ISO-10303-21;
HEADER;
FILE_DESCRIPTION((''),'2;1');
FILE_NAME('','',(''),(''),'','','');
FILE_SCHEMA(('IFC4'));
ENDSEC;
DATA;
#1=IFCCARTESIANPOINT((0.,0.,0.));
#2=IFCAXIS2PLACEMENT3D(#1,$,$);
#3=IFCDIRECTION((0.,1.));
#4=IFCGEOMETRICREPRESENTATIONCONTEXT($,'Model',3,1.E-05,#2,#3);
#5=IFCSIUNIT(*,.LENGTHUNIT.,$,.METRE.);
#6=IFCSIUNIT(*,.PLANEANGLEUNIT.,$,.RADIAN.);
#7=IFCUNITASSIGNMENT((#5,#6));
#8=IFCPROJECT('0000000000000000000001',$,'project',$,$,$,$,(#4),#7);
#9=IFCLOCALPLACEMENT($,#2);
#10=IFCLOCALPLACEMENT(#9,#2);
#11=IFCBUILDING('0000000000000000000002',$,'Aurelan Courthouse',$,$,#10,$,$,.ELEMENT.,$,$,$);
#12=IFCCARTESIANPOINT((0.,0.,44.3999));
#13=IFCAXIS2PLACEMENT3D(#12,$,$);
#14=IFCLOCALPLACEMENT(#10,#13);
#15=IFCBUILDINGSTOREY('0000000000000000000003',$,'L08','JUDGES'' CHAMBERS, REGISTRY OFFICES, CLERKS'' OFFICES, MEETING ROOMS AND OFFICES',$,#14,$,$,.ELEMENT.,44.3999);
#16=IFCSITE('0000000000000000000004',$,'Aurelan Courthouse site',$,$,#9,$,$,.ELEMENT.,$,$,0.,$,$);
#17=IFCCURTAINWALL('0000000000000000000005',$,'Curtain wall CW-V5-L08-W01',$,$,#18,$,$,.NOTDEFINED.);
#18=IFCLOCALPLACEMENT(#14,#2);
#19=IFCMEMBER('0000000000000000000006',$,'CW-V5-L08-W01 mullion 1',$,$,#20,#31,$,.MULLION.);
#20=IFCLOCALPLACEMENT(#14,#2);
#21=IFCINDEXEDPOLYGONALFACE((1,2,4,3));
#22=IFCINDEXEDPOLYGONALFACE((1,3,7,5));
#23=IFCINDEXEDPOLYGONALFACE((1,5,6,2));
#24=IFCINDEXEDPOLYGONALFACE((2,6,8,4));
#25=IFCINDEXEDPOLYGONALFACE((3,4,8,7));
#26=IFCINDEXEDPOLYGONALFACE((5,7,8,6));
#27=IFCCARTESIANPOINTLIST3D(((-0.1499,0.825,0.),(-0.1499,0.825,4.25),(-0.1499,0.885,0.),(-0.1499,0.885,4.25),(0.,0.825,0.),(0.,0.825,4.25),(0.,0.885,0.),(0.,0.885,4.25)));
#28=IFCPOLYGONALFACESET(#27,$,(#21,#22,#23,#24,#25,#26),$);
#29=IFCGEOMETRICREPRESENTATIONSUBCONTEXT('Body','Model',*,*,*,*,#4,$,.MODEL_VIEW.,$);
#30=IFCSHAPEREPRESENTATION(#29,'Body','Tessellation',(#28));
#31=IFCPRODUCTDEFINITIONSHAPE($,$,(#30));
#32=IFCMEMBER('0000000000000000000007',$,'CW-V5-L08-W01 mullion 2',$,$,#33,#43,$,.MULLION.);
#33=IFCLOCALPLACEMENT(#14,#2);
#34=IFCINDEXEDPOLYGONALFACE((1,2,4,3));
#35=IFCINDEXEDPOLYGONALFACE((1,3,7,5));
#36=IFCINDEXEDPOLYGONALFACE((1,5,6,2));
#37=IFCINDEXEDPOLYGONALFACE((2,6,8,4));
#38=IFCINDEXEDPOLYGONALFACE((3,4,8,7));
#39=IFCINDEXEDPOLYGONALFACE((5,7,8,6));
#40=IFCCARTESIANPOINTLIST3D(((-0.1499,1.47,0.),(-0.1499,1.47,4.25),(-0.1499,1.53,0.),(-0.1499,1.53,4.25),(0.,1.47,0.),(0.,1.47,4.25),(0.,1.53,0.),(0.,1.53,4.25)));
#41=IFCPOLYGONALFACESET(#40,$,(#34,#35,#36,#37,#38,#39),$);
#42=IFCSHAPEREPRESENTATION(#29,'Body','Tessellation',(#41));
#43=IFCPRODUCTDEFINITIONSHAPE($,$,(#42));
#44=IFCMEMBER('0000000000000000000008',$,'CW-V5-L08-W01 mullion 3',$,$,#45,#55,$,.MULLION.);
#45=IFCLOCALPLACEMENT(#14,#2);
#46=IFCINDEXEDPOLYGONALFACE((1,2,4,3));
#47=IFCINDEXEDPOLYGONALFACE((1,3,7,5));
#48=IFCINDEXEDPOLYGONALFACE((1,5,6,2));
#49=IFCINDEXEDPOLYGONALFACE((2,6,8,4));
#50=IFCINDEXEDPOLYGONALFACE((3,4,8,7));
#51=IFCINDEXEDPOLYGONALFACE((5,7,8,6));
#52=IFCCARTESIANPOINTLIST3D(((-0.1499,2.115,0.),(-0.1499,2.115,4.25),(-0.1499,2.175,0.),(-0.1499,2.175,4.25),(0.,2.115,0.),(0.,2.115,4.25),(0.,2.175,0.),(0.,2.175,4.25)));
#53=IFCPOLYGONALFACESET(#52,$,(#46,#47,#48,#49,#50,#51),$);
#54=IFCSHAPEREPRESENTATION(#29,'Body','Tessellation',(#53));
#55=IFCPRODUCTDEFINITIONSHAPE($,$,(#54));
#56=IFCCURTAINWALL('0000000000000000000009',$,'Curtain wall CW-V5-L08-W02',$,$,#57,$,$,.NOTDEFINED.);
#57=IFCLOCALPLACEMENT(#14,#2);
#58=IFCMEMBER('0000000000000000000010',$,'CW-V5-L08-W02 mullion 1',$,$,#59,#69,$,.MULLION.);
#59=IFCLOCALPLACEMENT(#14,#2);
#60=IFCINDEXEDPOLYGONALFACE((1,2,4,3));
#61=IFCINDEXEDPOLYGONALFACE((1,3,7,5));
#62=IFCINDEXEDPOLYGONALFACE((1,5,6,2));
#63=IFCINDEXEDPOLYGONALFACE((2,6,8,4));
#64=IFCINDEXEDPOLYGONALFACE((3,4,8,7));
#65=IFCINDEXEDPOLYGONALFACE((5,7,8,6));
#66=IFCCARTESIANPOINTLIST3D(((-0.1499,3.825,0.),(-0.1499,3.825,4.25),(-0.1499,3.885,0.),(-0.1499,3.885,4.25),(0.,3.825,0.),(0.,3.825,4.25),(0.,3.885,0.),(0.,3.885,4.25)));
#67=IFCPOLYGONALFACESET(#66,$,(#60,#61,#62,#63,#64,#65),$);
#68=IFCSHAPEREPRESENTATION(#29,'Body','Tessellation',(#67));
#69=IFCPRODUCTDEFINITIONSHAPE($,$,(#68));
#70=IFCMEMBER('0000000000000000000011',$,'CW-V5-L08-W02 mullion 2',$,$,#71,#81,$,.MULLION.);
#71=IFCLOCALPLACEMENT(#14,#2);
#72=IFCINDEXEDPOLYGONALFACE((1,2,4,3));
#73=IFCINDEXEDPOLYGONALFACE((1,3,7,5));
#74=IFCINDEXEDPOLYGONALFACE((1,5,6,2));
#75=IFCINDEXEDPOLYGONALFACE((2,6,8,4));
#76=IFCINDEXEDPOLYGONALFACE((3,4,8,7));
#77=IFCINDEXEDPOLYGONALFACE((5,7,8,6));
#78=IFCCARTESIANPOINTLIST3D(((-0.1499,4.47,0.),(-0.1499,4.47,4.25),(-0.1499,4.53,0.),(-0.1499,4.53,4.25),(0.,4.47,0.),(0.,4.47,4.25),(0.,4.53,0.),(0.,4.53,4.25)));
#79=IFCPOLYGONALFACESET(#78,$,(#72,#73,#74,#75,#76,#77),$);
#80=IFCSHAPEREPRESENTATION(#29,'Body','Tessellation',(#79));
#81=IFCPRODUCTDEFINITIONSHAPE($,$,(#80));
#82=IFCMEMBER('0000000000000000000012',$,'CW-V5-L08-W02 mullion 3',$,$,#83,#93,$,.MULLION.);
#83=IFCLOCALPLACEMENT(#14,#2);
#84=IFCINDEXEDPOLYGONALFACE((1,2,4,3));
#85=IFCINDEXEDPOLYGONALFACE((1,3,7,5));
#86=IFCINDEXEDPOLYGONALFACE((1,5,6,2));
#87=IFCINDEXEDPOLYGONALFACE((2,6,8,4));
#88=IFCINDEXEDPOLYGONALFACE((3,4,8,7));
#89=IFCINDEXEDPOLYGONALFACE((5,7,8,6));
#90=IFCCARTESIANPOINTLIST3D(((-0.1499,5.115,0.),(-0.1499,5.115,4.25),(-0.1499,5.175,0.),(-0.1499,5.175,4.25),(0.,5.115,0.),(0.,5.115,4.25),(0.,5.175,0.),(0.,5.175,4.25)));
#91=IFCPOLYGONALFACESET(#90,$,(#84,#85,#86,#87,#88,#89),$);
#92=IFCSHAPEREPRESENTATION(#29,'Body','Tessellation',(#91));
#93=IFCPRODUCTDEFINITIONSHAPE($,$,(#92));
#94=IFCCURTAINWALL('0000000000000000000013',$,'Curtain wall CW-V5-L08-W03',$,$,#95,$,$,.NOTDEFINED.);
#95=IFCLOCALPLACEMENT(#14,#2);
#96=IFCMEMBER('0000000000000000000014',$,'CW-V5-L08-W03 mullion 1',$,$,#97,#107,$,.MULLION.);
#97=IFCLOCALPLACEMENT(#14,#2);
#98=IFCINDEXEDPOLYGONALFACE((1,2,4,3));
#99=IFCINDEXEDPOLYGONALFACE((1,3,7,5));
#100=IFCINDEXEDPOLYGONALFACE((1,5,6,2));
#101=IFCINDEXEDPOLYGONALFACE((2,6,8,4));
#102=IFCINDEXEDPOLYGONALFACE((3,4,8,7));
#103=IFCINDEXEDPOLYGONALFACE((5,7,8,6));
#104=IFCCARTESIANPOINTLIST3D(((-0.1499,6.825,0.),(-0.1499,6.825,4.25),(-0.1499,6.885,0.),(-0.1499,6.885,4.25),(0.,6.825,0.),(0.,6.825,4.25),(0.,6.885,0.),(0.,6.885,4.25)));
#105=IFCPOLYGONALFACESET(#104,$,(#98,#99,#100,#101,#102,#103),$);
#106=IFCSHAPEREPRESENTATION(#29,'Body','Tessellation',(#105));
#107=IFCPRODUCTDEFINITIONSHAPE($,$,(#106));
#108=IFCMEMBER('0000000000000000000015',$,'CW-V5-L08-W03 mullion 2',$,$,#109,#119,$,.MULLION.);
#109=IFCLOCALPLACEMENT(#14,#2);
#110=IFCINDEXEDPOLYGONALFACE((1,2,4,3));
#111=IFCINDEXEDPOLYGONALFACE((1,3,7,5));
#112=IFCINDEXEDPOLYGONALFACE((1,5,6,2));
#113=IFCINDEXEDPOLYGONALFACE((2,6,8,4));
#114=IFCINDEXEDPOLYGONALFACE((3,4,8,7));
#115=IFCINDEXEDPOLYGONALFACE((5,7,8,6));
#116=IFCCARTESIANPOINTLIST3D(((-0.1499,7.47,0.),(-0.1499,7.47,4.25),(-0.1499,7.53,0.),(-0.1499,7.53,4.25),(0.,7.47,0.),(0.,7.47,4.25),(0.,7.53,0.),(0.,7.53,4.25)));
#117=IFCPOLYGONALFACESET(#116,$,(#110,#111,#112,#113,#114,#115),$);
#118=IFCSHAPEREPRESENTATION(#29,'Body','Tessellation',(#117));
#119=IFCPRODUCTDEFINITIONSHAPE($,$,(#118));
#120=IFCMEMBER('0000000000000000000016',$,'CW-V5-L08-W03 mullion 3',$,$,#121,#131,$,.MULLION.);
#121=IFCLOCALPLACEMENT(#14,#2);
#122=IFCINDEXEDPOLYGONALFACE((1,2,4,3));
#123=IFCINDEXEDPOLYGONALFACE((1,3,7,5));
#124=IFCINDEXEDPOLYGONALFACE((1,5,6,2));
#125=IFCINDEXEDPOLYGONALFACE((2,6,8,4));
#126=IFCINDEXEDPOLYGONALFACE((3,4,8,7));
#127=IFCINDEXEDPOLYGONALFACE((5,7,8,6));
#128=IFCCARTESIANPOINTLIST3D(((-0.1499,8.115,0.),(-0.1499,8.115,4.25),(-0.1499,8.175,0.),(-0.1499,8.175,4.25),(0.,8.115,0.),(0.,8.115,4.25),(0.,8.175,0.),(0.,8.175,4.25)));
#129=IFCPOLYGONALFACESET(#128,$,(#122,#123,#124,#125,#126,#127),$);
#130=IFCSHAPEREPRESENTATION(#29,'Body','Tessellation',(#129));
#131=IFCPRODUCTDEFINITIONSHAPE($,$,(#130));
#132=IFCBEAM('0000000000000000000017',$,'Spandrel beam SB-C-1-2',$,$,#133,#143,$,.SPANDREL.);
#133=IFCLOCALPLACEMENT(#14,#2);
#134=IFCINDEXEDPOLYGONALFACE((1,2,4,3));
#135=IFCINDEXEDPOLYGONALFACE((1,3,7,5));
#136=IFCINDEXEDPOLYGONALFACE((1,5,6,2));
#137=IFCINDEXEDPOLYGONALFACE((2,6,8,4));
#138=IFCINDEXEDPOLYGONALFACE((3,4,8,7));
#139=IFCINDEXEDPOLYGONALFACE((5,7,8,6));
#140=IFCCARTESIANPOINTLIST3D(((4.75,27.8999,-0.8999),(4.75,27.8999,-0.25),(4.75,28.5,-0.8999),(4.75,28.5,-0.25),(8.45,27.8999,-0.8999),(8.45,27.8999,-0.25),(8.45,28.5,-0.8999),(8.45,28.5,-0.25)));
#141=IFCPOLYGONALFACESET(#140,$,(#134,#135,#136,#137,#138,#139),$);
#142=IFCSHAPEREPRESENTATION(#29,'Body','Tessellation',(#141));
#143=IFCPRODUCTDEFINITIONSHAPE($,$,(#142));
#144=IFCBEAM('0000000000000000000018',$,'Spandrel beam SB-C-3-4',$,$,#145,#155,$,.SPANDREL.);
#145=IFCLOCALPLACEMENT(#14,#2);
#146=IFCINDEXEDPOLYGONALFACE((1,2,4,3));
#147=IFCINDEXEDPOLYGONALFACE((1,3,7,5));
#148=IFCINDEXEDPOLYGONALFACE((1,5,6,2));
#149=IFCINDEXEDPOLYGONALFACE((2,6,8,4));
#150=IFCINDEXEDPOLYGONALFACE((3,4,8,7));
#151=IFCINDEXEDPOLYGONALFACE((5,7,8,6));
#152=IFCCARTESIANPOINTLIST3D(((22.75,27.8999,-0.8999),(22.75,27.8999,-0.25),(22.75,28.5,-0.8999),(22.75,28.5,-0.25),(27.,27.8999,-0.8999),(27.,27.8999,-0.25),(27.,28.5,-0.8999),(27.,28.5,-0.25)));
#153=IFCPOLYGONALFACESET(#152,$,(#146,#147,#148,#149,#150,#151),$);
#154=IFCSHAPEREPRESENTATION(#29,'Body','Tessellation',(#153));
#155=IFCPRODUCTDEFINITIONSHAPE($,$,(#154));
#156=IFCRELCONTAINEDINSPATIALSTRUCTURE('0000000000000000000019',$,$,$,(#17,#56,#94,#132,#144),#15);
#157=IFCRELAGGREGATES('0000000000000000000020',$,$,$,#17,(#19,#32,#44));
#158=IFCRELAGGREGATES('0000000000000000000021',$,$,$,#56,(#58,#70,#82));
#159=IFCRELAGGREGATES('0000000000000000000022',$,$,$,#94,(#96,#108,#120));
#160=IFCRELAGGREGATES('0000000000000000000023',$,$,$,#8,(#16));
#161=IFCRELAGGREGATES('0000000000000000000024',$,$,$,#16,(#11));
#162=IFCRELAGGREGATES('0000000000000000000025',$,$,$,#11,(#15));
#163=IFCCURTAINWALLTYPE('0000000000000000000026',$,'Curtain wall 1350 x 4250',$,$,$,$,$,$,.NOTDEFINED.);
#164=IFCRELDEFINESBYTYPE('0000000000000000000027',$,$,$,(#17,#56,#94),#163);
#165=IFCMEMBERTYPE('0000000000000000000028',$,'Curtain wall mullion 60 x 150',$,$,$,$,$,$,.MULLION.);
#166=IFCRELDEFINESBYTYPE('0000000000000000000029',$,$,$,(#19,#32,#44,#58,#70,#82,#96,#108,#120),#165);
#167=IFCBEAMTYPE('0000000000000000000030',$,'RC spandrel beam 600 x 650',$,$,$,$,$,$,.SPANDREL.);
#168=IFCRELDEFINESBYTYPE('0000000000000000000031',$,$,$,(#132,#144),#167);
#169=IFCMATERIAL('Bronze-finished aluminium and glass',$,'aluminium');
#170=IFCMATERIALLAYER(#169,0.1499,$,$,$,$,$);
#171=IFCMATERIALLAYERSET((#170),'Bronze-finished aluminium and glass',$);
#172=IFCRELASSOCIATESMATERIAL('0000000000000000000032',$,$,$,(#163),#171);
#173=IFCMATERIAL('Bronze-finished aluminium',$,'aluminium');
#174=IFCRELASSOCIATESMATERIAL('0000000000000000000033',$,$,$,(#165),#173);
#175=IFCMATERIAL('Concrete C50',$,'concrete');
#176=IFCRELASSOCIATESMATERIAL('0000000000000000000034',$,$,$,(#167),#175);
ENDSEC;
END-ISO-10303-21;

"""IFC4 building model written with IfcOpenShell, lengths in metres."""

from ifc_helpers import new_model, si_unit, direction, frame, origin, origin_2d, place, context, subcontext, project, spatial, rectangle, extrude, material, layer, layer_set, material_profile, profile_set, type_object, element, aggregate, save


model = new_model("IFC4")

# Units and contexts
model_context = context("Model", 3, precision=1e-05, world=origin(), true_north=direction((0.0, 1.0)))
body_context = subcontext(model_context, "Body", "Model", "MODEL_VIEW")
ifc_project = project(units=[si_unit("LENGTHUNIT", "METRE"), si_unit("PLANEANGLEUNIT", "RADIAN")], contexts=[model_context])

# Site, building, storey
site_placement = place(None, origin())
site = spatial("IfcSite", under=ifc_project, at=site_placement, Name="Aurelan Courthouse site", CompositionType="ELEMENT", RefElevation=0.0)
building_placement = place(site_placement, origin())
building = spatial("IfcBuilding", under=site, at=building_placement, Name="Aurelan Courthouse", CompositionType="ELEMENT")
storey_placement = place(building_placement, frame((0.0, 0.0, 44.3999)))
storey = spatial("IfcBuildingStorey", under=building, at=storey_placement, Name="L08", Description="JUDGES' CHAMBERS, REGISTRY OFFICES, CLERKS' OFFICES, MEETING ROOMS AND OFFICES", CompositionType="ELEMENT", Elevation=44.3999)

# Curtain walls, members
ifc_material_1 = material(Name="Bronze-finished aluminium and glass", Category="aluminium")
ifc_layer_1 = layer(ifc_material_1, 0.1499)
ifc_layer_set_1 = layer_set([ifc_layer_1], Name="Bronze-finished aluminium and glass")
curtain_wall_type = type_object("IfcCurtainWallType", Name="Curtain wall 1350 x 4250", PredefinedType="NOTDEFINED", material=ifc_layer_set_1)
curtain_wall_1_placement = place(storey_placement, origin())
curtain_wall_1 = element("IfcCurtainWall", 1, at=curtain_wall_1_placement, inside=storey, type_object=curtain_wall_type, Name="Curtain wall CW-V5-L08-W01", PredefinedType="NOTDEFINED")
ifc_material_2 = material(Name="Bronze-finished aluminium", Category="aluminium")
ifc_material_profile_1 = material_profile(ifc_material_2, rectangle(XDim=0.1499, YDim=0.0601, at=origin_2d()), Name="Bronze mullion 60 x 150")
ifc_profile_set_1 = profile_set([ifc_material_profile_1], Name="Bronze-finished aluminium")
member_type = type_object("IfcMemberType", Name="Curtain wall mullion 60 x 150", PredefinedType="MULLION", material=ifc_profile_set_1)
member_1_placement = place(storey_placement, frame((-0.075, 0.855, 0.0), z_axis=(0.0, 0.0, 1.0), x_axis=(-1.0, 0.0, 0.0)))
member_1 = element("IfcMember", 2, at=member_1_placement, type_object=member_type, Name="CW-V5-L08-W01 mullion 1", PredefinedType="MULLION", context=body_context, shape_type="SweptSolid", body=[
    extrude(rectangle(XDim=0.1499, YDim=0.0601, at=origin_2d()), origin(), (0.0, 0.0, 1.0), 4.25),
])
member_2_placement = place(storey_placement, frame((-0.075, 1.5, 0.0), z_axis=(0.0, 0.0, 1.0), x_axis=(-1.0, 0.0, 0.0)))
member_2 = element("IfcMember", 3, at=member_2_placement, type_object=member_type, Name="CW-V5-L08-W01 mullion 2", PredefinedType="MULLION", context=body_context, shape_type="SweptSolid", body=[
    extrude(rectangle(XDim=0.1499, YDim=0.0601, at=origin_2d()), origin(), (0.0, 0.0, 1.0), 4.25),
])
member_3_placement = place(storey_placement, frame((-0.075, 2.145, 0.0), z_axis=(0.0, 0.0, 1.0), x_axis=(-1.0, 0.0, 0.0)))
member_3 = element("IfcMember", 4, at=member_3_placement, type_object=member_type, Name="CW-V5-L08-W01 mullion 3", PredefinedType="MULLION", context=body_context, shape_type="SweptSolid", body=[
    extrude(rectangle(XDim=0.1499, YDim=0.0601, at=origin_2d()), origin(), (0.0, 0.0, 1.0), 4.25),
])
aggregate(curtain_wall_1, [member_1, member_2, member_3])
curtain_wall_2_placement = place(storey_placement, origin())
curtain_wall_2 = element("IfcCurtainWall", 5, at=curtain_wall_2_placement, inside=storey, type_object=curtain_wall_type, Name="Curtain wall CW-V5-L08-W02", PredefinedType="NOTDEFINED")
member_4_placement = place(storey_placement, frame((-0.075, 3.855, 0.0), z_axis=(0.0, 0.0, 1.0), x_axis=(-1.0, 0.0, 0.0)))
member_4 = element("IfcMember", 6, at=member_4_placement, type_object=member_type, Name="CW-V5-L08-W02 mullion 1", PredefinedType="MULLION", context=body_context, shape_type="SweptSolid", body=[
    extrude(rectangle(XDim=0.1499, YDim=0.0601, at=origin_2d()), origin(), (0.0, 0.0, 1.0), 4.25),
])
member_5_placement = place(storey_placement, frame((-0.075, 4.5, 0.0), z_axis=(0.0, 0.0, 1.0), x_axis=(-1.0, 0.0, 0.0)))
member_5 = element("IfcMember", 7, at=member_5_placement, type_object=member_type, Name="CW-V5-L08-W02 mullion 2", PredefinedType="MULLION", context=body_context, shape_type="SweptSolid", body=[
    extrude(rectangle(XDim=0.1499, YDim=0.0601, at=origin_2d()), origin(), (0.0, 0.0, 1.0), 4.25),
])
member_6_placement = place(storey_placement, frame((-0.075, 5.145, 0.0), z_axis=(0.0, 0.0, 1.0), x_axis=(-1.0, 0.0, 0.0)))
member_6 = element("IfcMember", 8, at=member_6_placement, type_object=member_type, Name="CW-V5-L08-W02 mullion 3", PredefinedType="MULLION", context=body_context, shape_type="SweptSolid", body=[
    extrude(rectangle(XDim=0.1499, YDim=0.0601, at=origin_2d()), origin(), (0.0, 0.0, 1.0), 4.25),
])
aggregate(curtain_wall_2, [member_4, member_5, member_6])
curtain_wall_3_placement = place(storey_placement, origin())
curtain_wall_3 = element("IfcCurtainWall", 9, at=curtain_wall_3_placement, inside=storey, type_object=curtain_wall_type, Name="Curtain wall CW-V5-L08-W03", PredefinedType="NOTDEFINED")
member_7_placement = place(storey_placement, frame((-0.075, 6.855, 0.0), z_axis=(0.0, 0.0, 1.0), x_axis=(-1.0, 0.0, 0.0)))
member_7 = element("IfcMember", 10, at=member_7_placement, type_object=member_type, Name="CW-V5-L08-W03 mullion 1", PredefinedType="MULLION", context=body_context, shape_type="SweptSolid", body=[
    extrude(rectangle(XDim=0.1499, YDim=0.0601, at=origin_2d()), origin(), (0.0, 0.0, 1.0), 4.25),
])
member_8_placement = place(storey_placement, frame((-0.075, 7.5, 0.0), z_axis=(0.0, 0.0, 1.0), x_axis=(-1.0, 0.0, 0.0)))
member_8 = element("IfcMember", 11, at=member_8_placement, type_object=member_type, Name="CW-V5-L08-W03 mullion 2", PredefinedType="MULLION", context=body_context, shape_type="SweptSolid", body=[
    extrude(rectangle(XDim=0.1499, YDim=0.0601, at=origin_2d()), origin(), (0.0, 0.0, 1.0), 4.25),
])
member_9_placement = place(storey_placement, frame((-0.075, 8.145, 0.0), z_axis=(0.0, 0.0, 1.0), x_axis=(-1.0, 0.0, 0.0)))
member_9 = element("IfcMember", 12, at=member_9_placement, type_object=member_type, Name="CW-V5-L08-W03 mullion 3", PredefinedType="MULLION", context=body_context, shape_type="SweptSolid", body=[
    extrude(rectangle(XDim=0.1499, YDim=0.0601, at=origin_2d()), origin(), (0.0, 0.0, 1.0), 4.25),
])
aggregate(curtain_wall_3, [member_7, member_8, member_9])

# Beams
ifc_material_3 = material(Name="Concrete C50", Category="concrete")
ifc_material_profile_2 = material_profile(ifc_material_3, rectangle(XDim=0.6001, YDim=0.6499, at=origin_2d()), Name="RC 600 x 650")
ifc_profile_set_2 = profile_set([ifc_material_profile_2], Name="Concrete C50")
beam_type = type_object("IfcBeamType", Name="RC spandrel beam 600 x 650", PredefinedType="SPANDREL", material=ifc_profile_set_2)
beam_1_placement = place(storey_placement, frame((4.75, 28.2, -0.575), z_axis=(1.0, 0.0, 0.0), x_axis=(0.0, 1.0, 0.0)))
element("IfcBeam", 13, at=beam_1_placement, inside=storey, type_object=beam_type, Name="Spandrel beam SB-C-1-2", PredefinedType="SPANDREL", context=body_context, shape_type="SweptSolid", body=[
    extrude(rectangle(XDim=0.6001, YDim=0.6499, at=origin_2d()), origin(), (0.0, 0.0, 1.0), 3.7),
])
beam_2_placement = place(storey_placement, frame((22.75, 28.2, -0.575), z_axis=(1.0, 0.0, 0.0), x_axis=(0.0, 1.0, 0.0)))
element("IfcBeam", 14, at=beam_2_placement, inside=storey, type_object=beam_type, Name="Spandrel beam SB-C-3-4", PredefinedType="SPANDREL", context=body_context, shape_type="SweptSolid", body=[
    extrude(rectangle(XDim=0.6001, YDim=0.6499, at=origin_2d()), origin(), (0.0, 0.0, 1.0), 4.25),
])

save(model, "model.ifc")
